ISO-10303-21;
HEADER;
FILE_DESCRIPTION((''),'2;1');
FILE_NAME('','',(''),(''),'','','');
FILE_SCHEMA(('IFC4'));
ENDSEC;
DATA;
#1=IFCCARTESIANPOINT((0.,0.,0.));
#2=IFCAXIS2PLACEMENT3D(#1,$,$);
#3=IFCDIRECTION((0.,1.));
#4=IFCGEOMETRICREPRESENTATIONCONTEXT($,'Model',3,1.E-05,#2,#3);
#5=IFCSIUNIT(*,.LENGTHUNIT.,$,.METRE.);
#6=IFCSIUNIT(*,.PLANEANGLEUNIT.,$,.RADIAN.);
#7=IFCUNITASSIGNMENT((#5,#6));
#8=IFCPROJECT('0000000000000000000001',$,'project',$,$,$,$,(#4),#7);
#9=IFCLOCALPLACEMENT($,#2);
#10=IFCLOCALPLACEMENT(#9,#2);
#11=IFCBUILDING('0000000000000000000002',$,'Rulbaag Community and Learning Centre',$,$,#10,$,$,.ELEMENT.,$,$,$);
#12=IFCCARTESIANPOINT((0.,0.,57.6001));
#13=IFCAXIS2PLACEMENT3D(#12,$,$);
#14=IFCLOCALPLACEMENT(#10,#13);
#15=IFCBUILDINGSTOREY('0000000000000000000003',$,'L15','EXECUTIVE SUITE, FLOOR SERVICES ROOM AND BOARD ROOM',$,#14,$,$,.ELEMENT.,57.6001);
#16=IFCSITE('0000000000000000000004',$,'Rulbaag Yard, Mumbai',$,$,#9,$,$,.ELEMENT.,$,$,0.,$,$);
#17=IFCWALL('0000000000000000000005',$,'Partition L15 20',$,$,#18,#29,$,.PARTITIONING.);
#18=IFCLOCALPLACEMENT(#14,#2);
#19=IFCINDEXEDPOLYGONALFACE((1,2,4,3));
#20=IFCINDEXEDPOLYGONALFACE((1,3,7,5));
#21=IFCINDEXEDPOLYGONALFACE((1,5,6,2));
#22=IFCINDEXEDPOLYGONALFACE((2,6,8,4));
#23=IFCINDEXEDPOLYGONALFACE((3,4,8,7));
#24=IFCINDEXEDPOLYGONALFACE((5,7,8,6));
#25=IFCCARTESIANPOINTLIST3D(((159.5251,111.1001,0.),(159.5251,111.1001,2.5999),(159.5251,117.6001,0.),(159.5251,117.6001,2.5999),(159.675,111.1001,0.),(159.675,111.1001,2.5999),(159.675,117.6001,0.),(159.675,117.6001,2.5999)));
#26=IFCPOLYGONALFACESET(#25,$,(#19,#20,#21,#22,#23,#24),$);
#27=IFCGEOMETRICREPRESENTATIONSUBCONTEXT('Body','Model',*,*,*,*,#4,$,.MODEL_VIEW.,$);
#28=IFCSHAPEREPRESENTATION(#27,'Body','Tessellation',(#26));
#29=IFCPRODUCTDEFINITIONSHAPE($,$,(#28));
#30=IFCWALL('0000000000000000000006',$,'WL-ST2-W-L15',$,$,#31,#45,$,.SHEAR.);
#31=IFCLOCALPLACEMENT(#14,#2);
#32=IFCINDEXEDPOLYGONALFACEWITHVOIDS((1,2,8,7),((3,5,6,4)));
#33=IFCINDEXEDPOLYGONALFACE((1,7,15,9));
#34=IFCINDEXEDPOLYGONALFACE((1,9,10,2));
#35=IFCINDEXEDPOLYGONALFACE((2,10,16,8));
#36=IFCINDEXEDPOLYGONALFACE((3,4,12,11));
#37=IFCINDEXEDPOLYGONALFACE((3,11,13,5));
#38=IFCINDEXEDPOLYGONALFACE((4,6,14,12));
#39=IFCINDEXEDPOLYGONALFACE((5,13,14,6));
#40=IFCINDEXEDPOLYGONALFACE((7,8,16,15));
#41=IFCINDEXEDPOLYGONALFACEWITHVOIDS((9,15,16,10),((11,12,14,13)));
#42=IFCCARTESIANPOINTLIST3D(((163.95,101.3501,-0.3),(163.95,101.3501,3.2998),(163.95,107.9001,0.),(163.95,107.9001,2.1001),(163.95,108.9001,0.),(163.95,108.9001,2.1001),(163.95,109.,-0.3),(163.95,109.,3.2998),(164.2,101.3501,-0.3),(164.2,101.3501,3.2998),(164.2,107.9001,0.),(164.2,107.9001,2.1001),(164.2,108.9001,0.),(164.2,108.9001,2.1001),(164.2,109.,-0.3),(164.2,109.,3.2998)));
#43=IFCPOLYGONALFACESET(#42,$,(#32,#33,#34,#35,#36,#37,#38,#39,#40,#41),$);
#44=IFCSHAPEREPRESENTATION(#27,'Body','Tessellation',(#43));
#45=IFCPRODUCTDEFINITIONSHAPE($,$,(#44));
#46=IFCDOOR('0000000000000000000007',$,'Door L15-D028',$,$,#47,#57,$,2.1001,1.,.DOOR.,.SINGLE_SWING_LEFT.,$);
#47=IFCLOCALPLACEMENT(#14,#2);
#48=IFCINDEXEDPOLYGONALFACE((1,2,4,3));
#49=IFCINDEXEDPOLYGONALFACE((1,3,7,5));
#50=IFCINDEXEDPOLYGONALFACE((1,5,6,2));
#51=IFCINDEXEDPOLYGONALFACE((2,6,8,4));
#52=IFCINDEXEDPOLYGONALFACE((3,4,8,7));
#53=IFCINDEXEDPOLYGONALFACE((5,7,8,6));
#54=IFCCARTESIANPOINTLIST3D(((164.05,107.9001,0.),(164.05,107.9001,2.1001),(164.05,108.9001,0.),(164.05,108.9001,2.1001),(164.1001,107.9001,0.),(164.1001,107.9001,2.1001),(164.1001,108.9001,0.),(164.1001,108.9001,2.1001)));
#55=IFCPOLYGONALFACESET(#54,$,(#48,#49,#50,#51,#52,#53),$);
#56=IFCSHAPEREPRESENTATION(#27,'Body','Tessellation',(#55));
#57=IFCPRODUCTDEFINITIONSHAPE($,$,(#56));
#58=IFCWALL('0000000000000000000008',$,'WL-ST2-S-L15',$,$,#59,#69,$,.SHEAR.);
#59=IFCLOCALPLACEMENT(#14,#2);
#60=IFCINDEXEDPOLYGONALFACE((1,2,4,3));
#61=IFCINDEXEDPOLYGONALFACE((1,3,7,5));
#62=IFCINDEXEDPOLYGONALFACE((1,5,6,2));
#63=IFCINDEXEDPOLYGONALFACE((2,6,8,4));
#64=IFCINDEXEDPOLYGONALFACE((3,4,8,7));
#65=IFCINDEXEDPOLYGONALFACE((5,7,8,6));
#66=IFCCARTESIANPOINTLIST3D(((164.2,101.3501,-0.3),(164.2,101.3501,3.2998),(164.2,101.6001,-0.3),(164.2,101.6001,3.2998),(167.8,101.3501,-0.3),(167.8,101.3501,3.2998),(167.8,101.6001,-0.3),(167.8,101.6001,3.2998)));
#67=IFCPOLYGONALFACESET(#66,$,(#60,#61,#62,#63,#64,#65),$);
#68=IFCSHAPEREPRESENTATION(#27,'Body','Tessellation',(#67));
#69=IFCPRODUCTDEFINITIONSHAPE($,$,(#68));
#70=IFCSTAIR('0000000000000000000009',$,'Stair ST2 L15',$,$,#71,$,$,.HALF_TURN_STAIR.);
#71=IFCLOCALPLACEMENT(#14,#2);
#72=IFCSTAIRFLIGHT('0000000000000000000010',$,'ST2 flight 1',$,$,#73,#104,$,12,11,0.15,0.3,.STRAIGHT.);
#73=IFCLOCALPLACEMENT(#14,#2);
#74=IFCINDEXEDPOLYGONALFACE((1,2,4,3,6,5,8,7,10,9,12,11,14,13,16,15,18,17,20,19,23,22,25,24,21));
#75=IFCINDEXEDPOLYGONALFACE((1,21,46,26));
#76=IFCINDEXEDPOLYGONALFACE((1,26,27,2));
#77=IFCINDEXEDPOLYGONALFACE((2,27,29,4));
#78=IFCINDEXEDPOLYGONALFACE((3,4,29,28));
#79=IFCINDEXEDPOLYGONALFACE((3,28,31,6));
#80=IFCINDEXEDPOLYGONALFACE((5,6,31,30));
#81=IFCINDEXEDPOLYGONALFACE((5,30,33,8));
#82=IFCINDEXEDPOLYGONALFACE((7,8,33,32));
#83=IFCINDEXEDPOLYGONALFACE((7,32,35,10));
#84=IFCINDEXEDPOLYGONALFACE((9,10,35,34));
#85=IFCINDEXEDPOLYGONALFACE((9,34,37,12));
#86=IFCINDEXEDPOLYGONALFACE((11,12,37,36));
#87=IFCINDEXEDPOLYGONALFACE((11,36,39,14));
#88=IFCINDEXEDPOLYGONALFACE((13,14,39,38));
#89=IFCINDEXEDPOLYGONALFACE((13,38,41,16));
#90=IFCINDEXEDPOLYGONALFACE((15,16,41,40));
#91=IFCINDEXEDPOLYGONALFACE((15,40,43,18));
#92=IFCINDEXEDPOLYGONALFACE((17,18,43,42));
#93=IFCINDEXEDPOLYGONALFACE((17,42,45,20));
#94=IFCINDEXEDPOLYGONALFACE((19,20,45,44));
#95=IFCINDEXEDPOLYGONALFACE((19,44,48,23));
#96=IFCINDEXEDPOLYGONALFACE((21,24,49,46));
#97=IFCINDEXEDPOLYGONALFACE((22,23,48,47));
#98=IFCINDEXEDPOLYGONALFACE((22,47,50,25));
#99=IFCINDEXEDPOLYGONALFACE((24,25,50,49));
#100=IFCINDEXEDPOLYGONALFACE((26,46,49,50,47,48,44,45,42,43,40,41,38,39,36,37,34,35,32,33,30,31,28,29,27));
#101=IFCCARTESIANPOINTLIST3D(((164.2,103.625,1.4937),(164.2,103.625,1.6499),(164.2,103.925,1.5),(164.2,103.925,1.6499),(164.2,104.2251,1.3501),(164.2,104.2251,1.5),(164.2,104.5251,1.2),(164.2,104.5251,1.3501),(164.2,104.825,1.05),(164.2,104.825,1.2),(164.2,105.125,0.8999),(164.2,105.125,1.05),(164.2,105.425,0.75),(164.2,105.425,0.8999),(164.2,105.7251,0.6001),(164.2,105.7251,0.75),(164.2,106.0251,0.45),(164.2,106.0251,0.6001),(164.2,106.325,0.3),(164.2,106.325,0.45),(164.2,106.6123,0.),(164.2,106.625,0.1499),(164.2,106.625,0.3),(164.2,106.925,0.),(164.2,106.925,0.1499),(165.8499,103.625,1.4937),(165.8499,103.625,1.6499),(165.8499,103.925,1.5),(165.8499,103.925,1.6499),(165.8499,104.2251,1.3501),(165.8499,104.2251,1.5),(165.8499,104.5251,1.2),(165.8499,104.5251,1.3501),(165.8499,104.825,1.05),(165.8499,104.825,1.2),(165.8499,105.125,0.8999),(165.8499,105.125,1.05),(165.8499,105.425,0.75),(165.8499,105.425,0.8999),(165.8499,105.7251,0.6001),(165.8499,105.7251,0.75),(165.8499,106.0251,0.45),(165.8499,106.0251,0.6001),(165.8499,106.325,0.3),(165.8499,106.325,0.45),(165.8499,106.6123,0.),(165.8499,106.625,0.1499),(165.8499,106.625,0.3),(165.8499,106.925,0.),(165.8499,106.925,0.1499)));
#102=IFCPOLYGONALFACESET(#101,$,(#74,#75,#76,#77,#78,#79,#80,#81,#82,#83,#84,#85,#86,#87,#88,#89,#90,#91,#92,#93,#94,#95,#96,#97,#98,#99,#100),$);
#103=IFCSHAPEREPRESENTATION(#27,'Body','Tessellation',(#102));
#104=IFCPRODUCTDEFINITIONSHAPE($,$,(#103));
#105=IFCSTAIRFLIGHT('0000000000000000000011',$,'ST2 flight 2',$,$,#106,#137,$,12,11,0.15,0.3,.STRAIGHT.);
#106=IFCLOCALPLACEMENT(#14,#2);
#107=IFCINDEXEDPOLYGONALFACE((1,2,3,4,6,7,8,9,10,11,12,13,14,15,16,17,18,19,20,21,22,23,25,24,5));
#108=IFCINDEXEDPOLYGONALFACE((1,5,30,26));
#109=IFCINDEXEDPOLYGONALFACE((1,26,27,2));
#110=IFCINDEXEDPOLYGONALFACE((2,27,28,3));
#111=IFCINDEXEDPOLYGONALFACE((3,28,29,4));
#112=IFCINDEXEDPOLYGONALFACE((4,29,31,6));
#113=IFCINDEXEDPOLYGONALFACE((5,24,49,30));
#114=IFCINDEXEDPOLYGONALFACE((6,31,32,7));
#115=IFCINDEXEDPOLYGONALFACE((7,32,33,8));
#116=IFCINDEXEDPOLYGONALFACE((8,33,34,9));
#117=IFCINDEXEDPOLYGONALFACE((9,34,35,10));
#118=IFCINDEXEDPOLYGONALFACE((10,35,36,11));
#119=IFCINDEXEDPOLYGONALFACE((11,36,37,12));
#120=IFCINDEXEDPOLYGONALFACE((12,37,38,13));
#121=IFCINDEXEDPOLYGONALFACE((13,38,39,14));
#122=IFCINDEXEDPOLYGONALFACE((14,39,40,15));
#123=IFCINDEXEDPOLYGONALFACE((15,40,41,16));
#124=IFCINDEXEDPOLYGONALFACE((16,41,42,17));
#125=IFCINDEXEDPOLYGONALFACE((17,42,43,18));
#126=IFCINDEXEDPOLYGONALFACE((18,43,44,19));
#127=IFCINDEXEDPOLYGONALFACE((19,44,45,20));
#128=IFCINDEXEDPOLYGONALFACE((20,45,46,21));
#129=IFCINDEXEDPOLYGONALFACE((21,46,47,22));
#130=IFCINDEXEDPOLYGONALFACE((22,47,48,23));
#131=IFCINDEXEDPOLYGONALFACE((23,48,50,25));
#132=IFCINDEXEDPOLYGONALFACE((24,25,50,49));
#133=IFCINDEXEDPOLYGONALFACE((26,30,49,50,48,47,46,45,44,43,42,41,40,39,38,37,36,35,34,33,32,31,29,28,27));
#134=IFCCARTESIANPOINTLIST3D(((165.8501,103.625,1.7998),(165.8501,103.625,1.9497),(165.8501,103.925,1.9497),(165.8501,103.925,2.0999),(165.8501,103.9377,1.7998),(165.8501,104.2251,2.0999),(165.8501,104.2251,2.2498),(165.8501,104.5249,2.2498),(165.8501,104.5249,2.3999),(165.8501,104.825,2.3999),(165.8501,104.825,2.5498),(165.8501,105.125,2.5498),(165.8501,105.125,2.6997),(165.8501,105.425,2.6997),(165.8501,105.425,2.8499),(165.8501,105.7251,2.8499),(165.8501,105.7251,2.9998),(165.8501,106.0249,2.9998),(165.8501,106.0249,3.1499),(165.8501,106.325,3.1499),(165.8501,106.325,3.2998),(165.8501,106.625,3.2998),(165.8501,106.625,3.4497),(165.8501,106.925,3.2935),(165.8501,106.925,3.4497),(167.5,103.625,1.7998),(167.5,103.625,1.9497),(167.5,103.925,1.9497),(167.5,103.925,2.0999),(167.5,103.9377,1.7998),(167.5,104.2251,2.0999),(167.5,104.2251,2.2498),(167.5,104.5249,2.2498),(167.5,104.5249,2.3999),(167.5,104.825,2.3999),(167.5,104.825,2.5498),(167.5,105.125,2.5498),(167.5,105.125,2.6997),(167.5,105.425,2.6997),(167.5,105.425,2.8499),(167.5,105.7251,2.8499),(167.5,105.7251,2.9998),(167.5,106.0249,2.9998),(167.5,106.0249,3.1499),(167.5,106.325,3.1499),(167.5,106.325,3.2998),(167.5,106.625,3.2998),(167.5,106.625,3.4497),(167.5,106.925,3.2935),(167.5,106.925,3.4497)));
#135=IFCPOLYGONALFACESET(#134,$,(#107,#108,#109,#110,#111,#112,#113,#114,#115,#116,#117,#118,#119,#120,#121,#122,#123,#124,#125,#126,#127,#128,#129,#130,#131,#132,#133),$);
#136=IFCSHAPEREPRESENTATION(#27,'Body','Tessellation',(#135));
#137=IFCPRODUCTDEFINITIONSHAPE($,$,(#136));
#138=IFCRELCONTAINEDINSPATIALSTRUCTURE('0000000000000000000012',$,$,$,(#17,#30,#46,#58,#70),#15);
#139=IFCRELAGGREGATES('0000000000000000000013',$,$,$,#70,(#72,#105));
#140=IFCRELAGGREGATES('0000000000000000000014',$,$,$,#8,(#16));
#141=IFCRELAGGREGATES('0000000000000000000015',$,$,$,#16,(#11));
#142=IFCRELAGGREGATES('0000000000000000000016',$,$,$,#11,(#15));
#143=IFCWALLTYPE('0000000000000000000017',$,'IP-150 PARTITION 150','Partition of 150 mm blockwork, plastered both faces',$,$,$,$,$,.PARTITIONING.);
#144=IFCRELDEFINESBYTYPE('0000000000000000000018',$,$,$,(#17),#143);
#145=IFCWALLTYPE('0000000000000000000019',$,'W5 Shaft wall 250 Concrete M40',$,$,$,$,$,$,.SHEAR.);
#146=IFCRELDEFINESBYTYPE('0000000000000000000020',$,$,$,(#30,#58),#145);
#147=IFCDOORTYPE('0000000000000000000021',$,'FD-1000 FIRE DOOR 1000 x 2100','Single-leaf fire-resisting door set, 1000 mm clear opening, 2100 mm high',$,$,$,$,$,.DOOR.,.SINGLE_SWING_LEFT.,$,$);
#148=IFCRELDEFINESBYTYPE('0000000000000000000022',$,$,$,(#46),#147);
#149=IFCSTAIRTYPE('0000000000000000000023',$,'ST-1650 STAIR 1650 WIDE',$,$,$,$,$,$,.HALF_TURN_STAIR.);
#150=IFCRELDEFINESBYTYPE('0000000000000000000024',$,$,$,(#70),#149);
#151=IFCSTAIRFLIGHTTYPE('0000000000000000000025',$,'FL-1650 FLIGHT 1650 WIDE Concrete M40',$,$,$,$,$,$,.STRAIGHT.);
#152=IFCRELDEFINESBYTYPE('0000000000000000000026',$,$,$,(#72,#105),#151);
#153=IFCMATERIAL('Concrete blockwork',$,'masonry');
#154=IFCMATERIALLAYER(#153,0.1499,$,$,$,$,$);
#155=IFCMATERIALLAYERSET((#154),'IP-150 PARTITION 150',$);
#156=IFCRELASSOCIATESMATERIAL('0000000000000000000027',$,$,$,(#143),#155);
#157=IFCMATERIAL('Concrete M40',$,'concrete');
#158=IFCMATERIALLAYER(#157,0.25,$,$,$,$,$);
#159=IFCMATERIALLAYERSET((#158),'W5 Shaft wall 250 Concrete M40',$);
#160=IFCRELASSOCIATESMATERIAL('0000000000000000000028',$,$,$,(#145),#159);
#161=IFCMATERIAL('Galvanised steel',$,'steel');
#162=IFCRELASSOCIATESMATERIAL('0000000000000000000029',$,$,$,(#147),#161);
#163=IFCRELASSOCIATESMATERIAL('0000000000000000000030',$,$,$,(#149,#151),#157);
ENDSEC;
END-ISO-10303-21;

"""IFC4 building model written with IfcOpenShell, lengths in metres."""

from ifc_helpers import new_model, si_unit, direction, frame, frame_2d, origin, place, context, subcontext, project, spatial, polyline, rectangle, outline, extrude, material, layer, layer_set, type_object, element, fill, aggregate, save


model = new_model("IFC4")

# Units and contexts
model_context = context("Model", 3, precision=1e-05, world=origin(), true_north=direction((0.0, 1.0)))
body_context = subcontext(model_context, "Body", "Model", "MODEL_VIEW")
ifc_project = project(units=[si_unit("LENGTHUNIT", "METRE"), si_unit("PLANEANGLEUNIT", "RADIAN")], contexts=[model_context])

# Site, building, storey
site_placement = place(None, origin())
site = spatial("IfcSite", under=ifc_project, at=site_placement, Name="Rulbaag Yard, Mumbai", CompositionType="ELEMENT", RefElevation=0.0)
building_placement = place(site_placement, origin())
building = spatial("IfcBuilding", under=site, at=building_placement, Name="Rulbaag Community and Learning Centre", CompositionType="ELEMENT")
storey_placement = place(building_placement, frame((0.0, 0.0, 57.6001)))
storey = spatial("IfcBuildingStorey", under=building, at=storey_placement, Name="L15", Description="EXECUTIVE SUITE, FLOOR SERVICES ROOM AND BOARD ROOM", CompositionType="ELEMENT", Elevation=57.6001)

# Shared definitions
ifc_material_1 = material(Name="Concrete M40", Category="concrete")

# Wall
ifc_material_2 = material(Name="Concrete blockwork", Category="masonry")
ifc_layer_1 = layer(ifc_material_2, 0.1499)
ifc_layer_set_1 = layer_set([ifc_layer_1], Name="IP-150 PARTITION 150")
wall_type_1 = type_object("IfcWallType", Name="IP-150 PARTITION 150", Description="Partition of 150 mm blockwork, plastered both faces", PredefinedType="PARTITIONING", material=ifc_layer_set_1)
wall_1_placement = place(storey_placement, frame((159.6001, 111.1001, 0.0), z_axis=(0.0, 0.0, 1.0), x_axis=(0.0, 1.0, 0.0)))
element("IfcWall", 1, at=wall_1_placement, inside=storey, type_object=wall_type_1, Name="Partition L15 20", PredefinedType="PARTITIONING", context=body_context, shape_type="SweptSolid", body=[
    extrude(rectangle(XDim=6.5, YDim=0.1499, at=frame_2d((3.25, 0.0))), origin(), (0.0, 0.0, 1.0), 2.5999),
])

# Wall, opening, door
ifc_layer_2 = layer(ifc_material_1, 0.25)
ifc_layer_set_2 = layer_set([ifc_layer_2], Name="W5 Shaft wall 250 Concrete M40")
wall_type_2 = type_object("IfcWallType", Name="W5 Shaft wall 250 Concrete M40", PredefinedType="SHEAR", material=ifc_layer_set_2)
wall_2_placement = place(storey_placement, frame((164.075, 101.3501, -0.3), z_axis=(0.0, 0.0, 1.0), x_axis=(0.0, 1.0, 0.0)))
wall_2 = element("IfcWall", 2, at=wall_2_placement, inside=storey, type_object=wall_type_2, Name="WL-ST2-W-L15", PredefinedType="SHEAR", context=body_context, shape_type="SweptSolid", body=[
    extrude(rectangle(XDim=7.6499, YDim=0.25, at=frame_2d((3.825, 0.0))), origin(), (0.0, 0.0, 1.0), 3.5999),
])
opening_placement = place(wall_2_placement, frame((6.55, 0.0, 0.3)))
opening = element("IfcOpeningElement", 3, at=opening_placement, cuts=wall_2, PredefinedType="OPENING", context=body_context, shape_type="SweptSolid", body=[
    extrude(rectangle(XDim=1.0, YDim=2.1001, at=frame_2d((0.5, 1.05))), frame((0.0, 0.135, 0.0), z_axis=(0.0, -1.0, 0.0), x_axis=(1.0, 0.0, 0.0)), (0.0, 0.0, 1.0), 0.27),
])
ifc_material_3 = material(Name="Galvanised steel", Category="steel")
door_type = type_object("IfcDoorType", Name="FD-1000 FIRE DOOR 1000 x 2100", Description="Single-leaf fire-resisting door set, 1000 mm clear opening, 2100 mm high", OperationType="SINGLE_SWING_LEFT", PredefinedType="DOOR", material=ifc_material_3)
door_placement = place(opening_placement, origin())
door = element("IfcDoor", 4, at=door_placement, inside=storey, type_object=door_type, Name="Door L15-D028", OperationType="SINGLE_SWING_LEFT", OverallHeight=2.1001, OverallWidth=1.0, PredefinedType="DOOR", context=body_context, shape_type="SweptSolid", body=[
    extrude(rectangle(XDim=1.0, YDim=2.1001, at=frame_2d((0.5, 1.05))), frame((0.0, 0.0249, 0.0), z_axis=(0.0, -1.0, 0.0), x_axis=(1.0, 0.0, 0.0)), (0.0, 0.0, 1.0), 0.05),
])
fill(opening, door)

# Wall
wall_3_placement = place(storey_placement, frame((164.2, 101.4751, -0.3), z_axis=(0.0, 0.0, 1.0), x_axis=(1.0, 0.0, 0.0)))
element("IfcWall", 5, at=wall_3_placement, inside=storey, type_object=wall_type_2, Name="WL-ST2-S-L15", PredefinedType="SHEAR", context=body_context, shape_type="SweptSolid", body=[
    extrude(rectangle(XDim=3.6001, YDim=0.25, at=frame_2d((1.8, 0.0))), origin(), (0.0, 0.0, 1.0), 3.5999),
])

# Stair, stair flights
stair_type = type_object("IfcStairType", Name="ST-1650 STAIR 1650 WIDE", PredefinedType="HALF_TURN_STAIR", material=ifc_material_1)
stair_placement = place(storey_placement, origin())
stair = element("IfcStair", 6, at=stair_placement, inside=storey, type_object=stair_type, Name="Stair ST2 L15", PredefinedType="HALF_TURN_STAIR")
stair_flight_type = type_object("IfcStairFlightType", Name="FL-1650 FLIGHT 1650 WIDE Concrete M40", PredefinedType="STRAIGHT", material=ifc_material_1)
stair_flight_1_placement = place(storey_placement, frame((165.0249, 106.925, 0.0), z_axis=(0.0, 0.0, 1.0), x_axis=(0.0, -1.0, 0.0)))
stair_flight_1 = element("IfcStairFlight", 7, at=stair_flight_1_placement, type_object=stair_flight_type, Name="ST2 flight 1", NumberOfRisers=12, NumberOfTreads=11, PredefinedType="STRAIGHT", RiserHeight=0.15, TreadLength=0.3, context=body_context, shape_type="SweptSolid", body=[
    extrude(outline(polyline([(0.0, 0.0), (0.0, 0.1499), (0.3, 0.1499), (0.3, 0.3), (0.6001, 0.3), (0.6001, 0.45), (0.8999, 0.45), (0.8999, 0.6001), (1.2, 0.6001), (1.2, 0.75), (1.5, 0.75), (1.5, 0.8999), (1.8, 0.8999), (1.8, 1.05), (2.1001, 1.05), (2.1001, 1.2), (2.3999, 1.2), (2.3999, 1.3501), (2.7, 1.3501), (2.7, 1.5), (3.0, 1.5), (3.0, 1.6499), (3.3, 1.6499), (3.3, 1.4937), (0.3127, 0.0), (0.0, 0.0)])), frame((0.0, 0.825, 0.0), z_axis=(0.0, -1.0, 0.0), x_axis=(1.0, 0.0, 0.0)), (0.0, 0.0, 1.0), 1.6499),
])
stair_flight_2_placement = place(storey_placement, frame((166.675, 103.625, 1.7998), z_axis=(0.0, 0.0, 1.0), x_axis=(0.0, 1.0, 0.0)))
stair_flight_2 = element("IfcStairFlight", 8, at=stair_flight_2_placement, type_object=stair_flight_type, Name="ST2 flight 2", NumberOfRisers=12, NumberOfTreads=11, PredefinedType="STRAIGHT", RiserHeight=0.15, TreadLength=0.3, context=body_context, shape_type="SweptSolid", body=[
    extrude(outline(polyline([(0.0, 0.0), (0.0, 0.1499), (0.3, 0.1499), (0.3, 0.3), (0.6001, 0.3), (0.6001, 0.45), (0.8999, 0.45), (0.8999, 0.6001), (1.2, 0.6001), (1.2, 0.75), (1.5, 0.75), (1.5, 0.8999), (1.8, 0.8999), (1.8, 1.05), (2.1001, 1.05), (2.1001, 1.2), (2.3999, 1.2), (2.3999, 1.3501), (2.7, 1.3501), (2.7, 1.5), (3.0, 1.5), (3.0, 1.6499), (3.3, 1.6499), (3.3, 1.4937), (0.3127, 0.0), (0.0, 0.0)])), frame((0.0, 0.825, 0.0), z_axis=(0.0, -1.0, 0.0), x_axis=(1.0, 0.0, 0.0)), (0.0, 0.0, 1.0), 1.6499),
])
aggregate(stair, [stair_flight_1, stair_flight_2])

save(model, "model.ifc")
